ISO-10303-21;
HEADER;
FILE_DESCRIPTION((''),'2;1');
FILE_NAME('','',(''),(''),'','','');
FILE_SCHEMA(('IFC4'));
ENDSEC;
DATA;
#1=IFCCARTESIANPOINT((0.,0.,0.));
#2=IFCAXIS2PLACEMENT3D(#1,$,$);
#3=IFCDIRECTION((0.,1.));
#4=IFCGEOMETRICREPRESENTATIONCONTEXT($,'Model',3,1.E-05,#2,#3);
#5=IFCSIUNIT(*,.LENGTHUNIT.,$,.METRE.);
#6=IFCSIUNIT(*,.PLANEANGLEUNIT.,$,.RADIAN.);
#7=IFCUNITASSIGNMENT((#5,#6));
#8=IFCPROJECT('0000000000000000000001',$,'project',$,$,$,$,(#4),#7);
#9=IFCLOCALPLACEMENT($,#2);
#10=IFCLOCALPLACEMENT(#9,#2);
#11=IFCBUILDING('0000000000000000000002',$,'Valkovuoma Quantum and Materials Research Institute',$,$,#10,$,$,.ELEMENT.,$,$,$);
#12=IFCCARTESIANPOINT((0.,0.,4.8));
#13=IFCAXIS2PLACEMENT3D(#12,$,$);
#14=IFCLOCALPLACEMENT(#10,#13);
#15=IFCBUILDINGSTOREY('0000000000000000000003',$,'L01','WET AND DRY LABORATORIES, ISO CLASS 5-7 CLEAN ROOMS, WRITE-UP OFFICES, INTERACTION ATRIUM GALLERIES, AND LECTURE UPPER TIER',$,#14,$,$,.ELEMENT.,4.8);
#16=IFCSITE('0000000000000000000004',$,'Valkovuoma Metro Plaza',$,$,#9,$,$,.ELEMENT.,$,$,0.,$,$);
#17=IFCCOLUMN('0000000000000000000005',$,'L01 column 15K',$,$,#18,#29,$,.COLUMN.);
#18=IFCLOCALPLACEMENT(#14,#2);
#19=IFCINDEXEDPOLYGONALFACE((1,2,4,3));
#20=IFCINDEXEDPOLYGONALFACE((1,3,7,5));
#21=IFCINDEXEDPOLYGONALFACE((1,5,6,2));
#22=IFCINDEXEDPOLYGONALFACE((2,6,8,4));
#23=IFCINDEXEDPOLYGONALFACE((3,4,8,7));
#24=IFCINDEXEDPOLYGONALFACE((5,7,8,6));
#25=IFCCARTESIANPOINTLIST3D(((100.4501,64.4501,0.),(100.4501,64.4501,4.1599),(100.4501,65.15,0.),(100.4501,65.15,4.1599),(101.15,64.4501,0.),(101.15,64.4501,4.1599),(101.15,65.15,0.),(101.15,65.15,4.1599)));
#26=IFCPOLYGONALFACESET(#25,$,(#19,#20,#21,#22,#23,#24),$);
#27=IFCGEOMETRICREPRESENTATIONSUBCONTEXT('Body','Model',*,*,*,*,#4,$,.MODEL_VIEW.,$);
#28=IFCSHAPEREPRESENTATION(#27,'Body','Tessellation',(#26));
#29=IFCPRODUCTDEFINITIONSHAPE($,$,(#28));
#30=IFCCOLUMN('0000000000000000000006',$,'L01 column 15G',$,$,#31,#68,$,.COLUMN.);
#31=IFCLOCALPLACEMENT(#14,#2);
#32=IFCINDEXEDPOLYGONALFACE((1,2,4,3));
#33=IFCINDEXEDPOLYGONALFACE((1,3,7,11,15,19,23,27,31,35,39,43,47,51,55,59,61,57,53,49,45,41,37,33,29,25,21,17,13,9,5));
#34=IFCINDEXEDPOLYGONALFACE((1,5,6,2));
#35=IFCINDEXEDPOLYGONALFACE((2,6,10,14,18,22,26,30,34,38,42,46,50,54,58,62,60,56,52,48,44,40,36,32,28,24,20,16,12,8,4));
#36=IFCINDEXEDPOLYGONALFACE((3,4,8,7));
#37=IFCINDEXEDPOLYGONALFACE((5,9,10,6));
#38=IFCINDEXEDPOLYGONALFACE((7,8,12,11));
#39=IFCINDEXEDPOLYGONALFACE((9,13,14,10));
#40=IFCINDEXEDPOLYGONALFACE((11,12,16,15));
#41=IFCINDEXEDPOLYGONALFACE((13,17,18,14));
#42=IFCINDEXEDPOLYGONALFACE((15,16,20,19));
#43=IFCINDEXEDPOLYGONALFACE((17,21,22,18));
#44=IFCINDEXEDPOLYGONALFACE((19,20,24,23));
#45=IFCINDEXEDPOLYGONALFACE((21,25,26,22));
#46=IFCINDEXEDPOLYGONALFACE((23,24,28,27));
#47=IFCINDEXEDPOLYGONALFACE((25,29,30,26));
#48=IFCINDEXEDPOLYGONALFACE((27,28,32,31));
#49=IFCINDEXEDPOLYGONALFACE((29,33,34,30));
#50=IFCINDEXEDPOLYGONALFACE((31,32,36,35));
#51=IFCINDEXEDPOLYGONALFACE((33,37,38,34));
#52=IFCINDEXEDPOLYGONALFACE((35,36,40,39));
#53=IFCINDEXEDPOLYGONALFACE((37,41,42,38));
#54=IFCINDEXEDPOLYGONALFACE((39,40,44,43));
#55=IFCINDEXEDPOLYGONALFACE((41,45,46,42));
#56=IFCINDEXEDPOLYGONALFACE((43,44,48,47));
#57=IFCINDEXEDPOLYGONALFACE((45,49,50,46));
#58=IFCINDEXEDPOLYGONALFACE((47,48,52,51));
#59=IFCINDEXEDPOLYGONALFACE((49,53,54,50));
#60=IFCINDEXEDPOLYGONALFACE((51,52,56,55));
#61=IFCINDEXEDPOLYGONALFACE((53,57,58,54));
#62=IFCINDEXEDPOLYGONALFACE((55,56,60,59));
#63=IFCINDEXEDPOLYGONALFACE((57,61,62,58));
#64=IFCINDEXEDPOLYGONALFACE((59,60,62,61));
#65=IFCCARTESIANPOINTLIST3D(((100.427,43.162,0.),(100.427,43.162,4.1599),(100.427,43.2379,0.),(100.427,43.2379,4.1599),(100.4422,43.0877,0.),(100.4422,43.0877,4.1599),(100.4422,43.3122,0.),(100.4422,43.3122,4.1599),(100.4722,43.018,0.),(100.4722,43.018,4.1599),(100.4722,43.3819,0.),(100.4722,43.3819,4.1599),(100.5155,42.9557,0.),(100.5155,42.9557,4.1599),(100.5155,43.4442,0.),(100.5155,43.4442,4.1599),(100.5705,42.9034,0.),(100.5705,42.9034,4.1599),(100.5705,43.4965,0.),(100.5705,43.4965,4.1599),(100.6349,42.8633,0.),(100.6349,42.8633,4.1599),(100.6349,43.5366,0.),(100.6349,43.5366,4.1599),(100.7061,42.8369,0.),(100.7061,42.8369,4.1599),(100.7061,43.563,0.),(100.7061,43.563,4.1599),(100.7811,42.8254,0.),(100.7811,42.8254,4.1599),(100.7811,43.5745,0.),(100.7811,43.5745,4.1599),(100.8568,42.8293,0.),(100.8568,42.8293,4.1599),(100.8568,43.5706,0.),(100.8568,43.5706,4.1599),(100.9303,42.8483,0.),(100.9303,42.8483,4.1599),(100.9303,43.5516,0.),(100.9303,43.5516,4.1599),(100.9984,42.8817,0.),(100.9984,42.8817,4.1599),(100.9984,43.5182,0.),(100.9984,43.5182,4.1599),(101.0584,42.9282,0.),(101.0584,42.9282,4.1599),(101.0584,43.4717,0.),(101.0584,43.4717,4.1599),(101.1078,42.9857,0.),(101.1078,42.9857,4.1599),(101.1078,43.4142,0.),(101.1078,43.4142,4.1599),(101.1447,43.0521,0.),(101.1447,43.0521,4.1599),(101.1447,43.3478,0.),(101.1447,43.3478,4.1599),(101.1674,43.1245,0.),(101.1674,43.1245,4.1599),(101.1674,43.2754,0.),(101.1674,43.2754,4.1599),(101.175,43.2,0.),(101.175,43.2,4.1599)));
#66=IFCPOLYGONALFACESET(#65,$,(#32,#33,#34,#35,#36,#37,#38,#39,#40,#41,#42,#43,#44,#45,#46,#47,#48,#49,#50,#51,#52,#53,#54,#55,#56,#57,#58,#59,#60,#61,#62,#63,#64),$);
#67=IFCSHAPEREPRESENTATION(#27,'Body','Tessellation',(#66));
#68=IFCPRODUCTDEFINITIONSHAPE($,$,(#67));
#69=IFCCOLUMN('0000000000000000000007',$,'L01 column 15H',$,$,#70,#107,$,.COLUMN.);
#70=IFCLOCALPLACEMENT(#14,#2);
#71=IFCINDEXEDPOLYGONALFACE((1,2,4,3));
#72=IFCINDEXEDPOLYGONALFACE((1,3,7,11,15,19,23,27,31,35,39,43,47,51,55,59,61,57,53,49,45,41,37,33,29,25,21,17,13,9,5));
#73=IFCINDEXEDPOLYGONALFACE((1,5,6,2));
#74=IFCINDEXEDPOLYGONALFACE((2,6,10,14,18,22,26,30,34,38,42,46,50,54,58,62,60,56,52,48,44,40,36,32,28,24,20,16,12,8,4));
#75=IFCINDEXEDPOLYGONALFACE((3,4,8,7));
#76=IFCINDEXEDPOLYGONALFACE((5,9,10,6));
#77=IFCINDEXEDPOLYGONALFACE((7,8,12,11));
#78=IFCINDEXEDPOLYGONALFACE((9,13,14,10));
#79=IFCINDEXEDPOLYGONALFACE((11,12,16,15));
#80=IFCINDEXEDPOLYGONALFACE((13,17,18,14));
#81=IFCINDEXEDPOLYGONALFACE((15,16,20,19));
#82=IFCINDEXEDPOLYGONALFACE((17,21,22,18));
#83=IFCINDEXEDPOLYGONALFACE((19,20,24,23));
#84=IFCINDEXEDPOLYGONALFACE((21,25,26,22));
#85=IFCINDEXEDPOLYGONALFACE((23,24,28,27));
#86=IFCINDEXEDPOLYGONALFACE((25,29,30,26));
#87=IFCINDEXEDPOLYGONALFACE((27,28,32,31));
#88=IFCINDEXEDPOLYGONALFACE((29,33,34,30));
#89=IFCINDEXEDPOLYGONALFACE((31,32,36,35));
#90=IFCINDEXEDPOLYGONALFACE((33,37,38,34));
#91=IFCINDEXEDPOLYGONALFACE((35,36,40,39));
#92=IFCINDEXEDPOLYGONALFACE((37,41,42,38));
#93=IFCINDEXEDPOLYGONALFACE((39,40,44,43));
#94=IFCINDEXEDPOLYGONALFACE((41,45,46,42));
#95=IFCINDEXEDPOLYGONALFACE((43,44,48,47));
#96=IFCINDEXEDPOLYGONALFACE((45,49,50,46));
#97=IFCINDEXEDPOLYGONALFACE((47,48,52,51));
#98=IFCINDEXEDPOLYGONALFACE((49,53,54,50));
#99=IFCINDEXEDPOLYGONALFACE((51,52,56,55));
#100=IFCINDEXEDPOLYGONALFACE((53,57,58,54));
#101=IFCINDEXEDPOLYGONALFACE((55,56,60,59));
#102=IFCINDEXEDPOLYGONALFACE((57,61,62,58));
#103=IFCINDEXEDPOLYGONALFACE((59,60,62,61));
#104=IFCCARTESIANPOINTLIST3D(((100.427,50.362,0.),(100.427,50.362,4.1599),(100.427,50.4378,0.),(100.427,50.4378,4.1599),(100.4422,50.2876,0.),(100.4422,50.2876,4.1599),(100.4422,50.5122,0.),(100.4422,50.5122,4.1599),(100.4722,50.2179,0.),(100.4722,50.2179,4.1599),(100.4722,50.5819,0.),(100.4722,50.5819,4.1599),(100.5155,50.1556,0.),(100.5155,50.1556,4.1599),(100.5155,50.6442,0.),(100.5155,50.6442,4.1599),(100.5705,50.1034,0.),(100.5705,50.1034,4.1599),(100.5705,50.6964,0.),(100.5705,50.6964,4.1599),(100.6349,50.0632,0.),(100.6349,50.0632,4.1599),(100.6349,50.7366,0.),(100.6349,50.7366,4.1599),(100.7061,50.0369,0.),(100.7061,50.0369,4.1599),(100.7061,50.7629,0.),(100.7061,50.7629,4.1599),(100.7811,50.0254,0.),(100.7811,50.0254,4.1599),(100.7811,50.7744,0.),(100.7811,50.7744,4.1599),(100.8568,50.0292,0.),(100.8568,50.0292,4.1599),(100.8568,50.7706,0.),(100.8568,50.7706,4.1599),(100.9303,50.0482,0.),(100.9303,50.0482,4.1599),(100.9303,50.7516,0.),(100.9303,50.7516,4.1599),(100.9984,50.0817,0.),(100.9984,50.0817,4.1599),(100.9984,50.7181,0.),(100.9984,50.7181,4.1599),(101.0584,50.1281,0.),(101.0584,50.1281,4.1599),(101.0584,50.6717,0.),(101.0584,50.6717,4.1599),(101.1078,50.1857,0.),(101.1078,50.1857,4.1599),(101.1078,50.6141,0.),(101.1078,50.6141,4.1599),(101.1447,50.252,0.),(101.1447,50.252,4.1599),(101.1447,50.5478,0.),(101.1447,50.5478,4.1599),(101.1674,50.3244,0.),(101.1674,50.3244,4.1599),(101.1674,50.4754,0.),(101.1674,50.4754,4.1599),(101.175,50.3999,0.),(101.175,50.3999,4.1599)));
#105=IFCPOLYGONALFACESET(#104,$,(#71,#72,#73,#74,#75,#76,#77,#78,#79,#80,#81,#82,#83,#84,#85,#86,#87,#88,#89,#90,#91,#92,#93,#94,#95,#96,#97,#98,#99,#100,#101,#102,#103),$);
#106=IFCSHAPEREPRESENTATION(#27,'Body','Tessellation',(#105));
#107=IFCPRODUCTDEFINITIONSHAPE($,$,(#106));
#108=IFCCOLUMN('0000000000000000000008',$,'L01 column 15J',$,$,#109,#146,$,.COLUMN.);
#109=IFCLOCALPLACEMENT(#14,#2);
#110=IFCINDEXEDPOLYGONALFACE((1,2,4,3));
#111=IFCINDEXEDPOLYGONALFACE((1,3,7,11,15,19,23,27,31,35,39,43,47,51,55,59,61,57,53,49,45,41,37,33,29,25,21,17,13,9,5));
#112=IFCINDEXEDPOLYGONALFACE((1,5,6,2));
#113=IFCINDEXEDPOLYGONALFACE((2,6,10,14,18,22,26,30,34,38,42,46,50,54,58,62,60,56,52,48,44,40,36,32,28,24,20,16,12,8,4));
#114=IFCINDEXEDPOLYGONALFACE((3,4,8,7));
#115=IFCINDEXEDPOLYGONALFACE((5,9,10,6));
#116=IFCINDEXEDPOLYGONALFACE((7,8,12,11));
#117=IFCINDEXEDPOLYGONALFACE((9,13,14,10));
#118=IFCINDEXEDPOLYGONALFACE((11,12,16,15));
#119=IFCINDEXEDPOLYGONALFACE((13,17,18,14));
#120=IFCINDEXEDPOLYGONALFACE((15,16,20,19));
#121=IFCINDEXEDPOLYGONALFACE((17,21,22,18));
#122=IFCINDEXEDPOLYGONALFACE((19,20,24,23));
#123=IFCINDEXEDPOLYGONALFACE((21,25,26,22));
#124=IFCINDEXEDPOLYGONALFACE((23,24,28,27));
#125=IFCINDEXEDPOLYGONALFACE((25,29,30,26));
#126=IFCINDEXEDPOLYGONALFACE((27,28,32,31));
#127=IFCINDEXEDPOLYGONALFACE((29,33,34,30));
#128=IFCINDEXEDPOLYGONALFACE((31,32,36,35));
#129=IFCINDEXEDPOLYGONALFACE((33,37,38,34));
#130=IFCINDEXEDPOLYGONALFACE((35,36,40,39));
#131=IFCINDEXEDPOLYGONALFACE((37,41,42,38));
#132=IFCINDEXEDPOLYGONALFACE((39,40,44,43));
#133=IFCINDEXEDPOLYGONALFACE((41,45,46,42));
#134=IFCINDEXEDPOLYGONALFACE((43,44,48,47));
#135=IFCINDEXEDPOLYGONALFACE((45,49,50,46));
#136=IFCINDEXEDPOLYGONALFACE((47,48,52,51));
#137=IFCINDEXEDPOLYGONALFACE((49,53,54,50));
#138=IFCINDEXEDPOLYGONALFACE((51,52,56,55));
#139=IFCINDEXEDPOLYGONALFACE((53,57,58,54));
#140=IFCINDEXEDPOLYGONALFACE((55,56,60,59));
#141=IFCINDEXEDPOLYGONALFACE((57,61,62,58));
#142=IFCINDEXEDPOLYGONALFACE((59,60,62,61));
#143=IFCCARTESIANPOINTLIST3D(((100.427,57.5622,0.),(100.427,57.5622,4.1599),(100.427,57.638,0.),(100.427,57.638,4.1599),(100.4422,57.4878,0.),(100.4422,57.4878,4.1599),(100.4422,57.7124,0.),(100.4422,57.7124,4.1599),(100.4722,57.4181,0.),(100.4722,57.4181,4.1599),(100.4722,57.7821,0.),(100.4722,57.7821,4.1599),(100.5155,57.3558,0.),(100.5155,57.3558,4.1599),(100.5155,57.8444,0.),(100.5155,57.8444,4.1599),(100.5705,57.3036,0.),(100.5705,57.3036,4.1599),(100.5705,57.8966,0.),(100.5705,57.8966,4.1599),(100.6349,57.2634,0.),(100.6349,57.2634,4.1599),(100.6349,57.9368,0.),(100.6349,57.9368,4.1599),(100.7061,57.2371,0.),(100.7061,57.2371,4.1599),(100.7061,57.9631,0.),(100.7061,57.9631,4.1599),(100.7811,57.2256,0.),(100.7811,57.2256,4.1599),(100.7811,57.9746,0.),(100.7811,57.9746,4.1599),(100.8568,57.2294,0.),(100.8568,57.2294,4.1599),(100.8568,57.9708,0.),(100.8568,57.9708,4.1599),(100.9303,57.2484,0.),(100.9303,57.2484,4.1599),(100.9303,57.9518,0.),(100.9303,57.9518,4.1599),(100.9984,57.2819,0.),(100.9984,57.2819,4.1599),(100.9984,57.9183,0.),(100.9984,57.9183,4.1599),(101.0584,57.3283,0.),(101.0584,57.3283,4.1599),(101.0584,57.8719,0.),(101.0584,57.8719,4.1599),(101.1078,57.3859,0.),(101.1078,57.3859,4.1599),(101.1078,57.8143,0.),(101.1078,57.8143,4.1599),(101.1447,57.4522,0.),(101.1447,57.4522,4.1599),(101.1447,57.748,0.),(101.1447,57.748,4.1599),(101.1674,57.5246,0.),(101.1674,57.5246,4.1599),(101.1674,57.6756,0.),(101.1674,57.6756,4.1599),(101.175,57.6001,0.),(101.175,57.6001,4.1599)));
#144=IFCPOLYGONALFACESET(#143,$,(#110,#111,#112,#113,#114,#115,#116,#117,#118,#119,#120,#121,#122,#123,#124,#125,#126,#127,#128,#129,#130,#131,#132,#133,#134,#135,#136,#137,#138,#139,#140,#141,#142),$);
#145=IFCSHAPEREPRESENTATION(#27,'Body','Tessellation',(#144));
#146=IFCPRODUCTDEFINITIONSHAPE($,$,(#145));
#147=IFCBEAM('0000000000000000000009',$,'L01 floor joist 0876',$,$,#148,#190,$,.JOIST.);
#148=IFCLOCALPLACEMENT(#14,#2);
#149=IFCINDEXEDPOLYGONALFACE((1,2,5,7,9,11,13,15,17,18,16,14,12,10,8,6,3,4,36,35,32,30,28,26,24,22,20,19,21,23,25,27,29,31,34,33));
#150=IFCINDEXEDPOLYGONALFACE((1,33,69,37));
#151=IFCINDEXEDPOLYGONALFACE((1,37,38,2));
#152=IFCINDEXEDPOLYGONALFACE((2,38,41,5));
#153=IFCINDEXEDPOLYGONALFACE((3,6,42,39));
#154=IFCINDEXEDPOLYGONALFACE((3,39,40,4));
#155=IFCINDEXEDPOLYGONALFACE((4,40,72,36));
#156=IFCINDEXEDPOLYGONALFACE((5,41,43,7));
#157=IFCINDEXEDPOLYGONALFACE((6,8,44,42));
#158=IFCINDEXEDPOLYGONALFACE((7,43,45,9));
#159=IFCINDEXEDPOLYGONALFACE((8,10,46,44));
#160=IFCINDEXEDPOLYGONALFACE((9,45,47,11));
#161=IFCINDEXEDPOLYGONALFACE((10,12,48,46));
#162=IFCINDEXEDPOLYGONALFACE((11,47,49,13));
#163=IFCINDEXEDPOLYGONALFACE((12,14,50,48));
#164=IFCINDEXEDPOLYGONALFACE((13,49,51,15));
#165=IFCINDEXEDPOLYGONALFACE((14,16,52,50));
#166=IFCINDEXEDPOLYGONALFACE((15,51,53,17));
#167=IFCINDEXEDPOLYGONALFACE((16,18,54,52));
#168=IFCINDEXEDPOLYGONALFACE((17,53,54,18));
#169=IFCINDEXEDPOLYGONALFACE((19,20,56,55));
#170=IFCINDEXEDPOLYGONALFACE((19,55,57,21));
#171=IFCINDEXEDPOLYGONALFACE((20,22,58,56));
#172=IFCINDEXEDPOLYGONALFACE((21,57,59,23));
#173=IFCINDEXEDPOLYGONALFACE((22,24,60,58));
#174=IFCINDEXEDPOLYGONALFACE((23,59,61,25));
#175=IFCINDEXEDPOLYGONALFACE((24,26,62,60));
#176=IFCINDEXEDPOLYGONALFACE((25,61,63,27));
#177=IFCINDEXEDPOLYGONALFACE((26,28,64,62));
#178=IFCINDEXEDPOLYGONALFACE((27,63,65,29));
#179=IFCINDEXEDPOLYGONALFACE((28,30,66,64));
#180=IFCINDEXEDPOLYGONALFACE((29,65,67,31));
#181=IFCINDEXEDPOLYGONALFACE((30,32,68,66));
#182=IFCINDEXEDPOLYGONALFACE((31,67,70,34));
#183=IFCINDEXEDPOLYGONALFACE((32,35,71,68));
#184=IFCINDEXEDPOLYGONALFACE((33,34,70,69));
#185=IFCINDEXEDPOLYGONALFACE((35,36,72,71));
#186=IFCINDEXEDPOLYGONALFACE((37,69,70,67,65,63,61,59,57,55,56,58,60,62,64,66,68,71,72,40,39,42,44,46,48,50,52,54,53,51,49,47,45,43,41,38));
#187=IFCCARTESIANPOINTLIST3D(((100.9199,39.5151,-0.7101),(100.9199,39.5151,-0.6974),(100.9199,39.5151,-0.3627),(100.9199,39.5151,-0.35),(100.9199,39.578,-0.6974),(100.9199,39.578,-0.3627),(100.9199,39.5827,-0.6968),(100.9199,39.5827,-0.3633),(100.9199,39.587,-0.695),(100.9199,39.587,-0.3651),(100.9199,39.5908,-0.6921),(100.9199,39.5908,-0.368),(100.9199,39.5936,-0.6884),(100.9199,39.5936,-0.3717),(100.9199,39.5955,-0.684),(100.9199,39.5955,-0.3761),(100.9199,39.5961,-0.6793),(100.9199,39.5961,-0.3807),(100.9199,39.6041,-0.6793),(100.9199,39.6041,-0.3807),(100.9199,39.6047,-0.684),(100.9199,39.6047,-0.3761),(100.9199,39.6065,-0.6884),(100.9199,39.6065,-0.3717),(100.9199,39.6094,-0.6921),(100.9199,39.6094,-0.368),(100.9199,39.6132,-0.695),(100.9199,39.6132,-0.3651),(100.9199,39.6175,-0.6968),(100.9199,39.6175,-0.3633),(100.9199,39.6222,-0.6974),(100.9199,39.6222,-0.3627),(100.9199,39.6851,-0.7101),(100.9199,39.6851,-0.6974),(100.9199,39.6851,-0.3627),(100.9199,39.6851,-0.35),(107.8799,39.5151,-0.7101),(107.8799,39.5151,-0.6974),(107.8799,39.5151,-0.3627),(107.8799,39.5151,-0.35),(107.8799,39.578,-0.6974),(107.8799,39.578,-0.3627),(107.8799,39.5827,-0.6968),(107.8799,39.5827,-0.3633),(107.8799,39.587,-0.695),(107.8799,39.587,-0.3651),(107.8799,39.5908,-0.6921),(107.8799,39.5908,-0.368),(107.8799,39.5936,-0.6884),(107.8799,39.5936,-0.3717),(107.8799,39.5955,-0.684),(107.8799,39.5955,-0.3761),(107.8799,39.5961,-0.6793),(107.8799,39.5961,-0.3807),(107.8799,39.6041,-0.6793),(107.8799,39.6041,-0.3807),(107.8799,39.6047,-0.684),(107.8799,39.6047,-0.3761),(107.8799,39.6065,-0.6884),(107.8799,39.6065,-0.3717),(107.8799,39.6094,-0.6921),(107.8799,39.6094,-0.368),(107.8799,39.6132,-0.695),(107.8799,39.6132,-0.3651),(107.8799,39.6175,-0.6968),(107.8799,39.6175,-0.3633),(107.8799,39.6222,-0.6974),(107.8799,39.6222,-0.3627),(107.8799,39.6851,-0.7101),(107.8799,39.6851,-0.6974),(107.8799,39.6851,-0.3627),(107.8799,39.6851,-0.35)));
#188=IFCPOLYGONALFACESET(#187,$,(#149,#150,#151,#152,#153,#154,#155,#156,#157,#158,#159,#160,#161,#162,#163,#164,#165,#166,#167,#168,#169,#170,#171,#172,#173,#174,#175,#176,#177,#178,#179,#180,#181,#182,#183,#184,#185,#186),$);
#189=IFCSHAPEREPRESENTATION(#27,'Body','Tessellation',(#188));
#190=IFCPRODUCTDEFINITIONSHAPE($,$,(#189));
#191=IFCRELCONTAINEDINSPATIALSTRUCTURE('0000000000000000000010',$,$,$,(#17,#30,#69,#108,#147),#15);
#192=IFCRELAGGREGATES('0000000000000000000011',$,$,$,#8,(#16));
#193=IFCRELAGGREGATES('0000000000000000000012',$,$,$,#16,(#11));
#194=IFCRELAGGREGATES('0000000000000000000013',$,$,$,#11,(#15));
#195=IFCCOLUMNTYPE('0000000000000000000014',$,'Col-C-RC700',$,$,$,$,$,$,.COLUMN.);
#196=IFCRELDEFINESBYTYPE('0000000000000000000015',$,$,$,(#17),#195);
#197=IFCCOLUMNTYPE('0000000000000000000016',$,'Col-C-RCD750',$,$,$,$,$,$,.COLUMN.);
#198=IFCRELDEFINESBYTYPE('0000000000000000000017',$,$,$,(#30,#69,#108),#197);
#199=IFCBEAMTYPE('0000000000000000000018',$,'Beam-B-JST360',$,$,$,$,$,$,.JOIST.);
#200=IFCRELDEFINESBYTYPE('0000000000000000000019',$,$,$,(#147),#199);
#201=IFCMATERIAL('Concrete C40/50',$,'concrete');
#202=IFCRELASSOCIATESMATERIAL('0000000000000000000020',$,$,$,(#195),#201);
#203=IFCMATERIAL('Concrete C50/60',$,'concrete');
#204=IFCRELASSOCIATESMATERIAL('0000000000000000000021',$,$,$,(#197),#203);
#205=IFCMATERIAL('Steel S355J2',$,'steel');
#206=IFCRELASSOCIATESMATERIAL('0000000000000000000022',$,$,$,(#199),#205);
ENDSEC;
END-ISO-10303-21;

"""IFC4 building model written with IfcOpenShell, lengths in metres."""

from ifc_helpers import new_model, si_unit, direction, frame, origin, origin_2d, place, context, subcontext, project, spatial, rectangle, circle, i_section, extrude, material, material_profile, profile_set, type_object, element, save


model = new_model("IFC4")

# Units and contexts
model_context = context("Model", 3, precision=1e-05, world=origin(), true_north=direction((0.0, 1.0)))
body_context = subcontext(model_context, "Body", "Model", "MODEL_VIEW")
ifc_project = project(units=[si_unit("LENGTHUNIT", "METRE"), si_unit("PLANEANGLEUNIT", "RADIAN")], contexts=[model_context])

# Site, building, storey
site_placement = place(None, origin())
site = spatial("IfcSite", under=ifc_project, at=site_placement, Name="Valkovuoma Metro Plaza", CompositionType="ELEMENT", RefElevation=0.0)
building_placement = place(site_placement, origin())
building = spatial("IfcBuilding", under=site, at=building_placement, Name="Valkovuoma Quantum and Materials Research Institute", CompositionType="ELEMENT")
storey_placement = place(building_placement, frame((0.0, 0.0, 4.8)))
storey = spatial("IfcBuildingStorey", under=building, at=storey_placement, Name="L01", Description="WET AND DRY LABORATORIES, ISO CLASS 5-7 CLEAN ROOMS, WRITE-UP OFFICES, INTERACTION ATRIUM GALLERIES, AND LECTURE UPPER TIER", CompositionType="ELEMENT", Elevation=4.8)

# Columns
ifc_material_1 = material(Name="Concrete C40/50", Category="concrete")
ifc_material_profile_1 = material_profile(ifc_material_1, rectangle(XDim=0.7, YDim=0.7, at=origin_2d()), Name="Concrete C40/50")
ifc_profile_set_1 = profile_set([ifc_material_profile_1], Name="Concrete C40/50")
column_type_1 = type_object("IfcColumnType", Name="Col-C-RC700", PredefinedType="COLUMN", material=ifc_profile_set_1)
column_placement = place(storey_placement, frame((100.8, 64.8, 0.0), z_axis=(0.0, 0.0, 1.0), x_axis=(1.0, 0.0, 0.0)))
element("IfcColumn", 1, at=column_placement, inside=storey, type_object=column_type_1, Name="L01 column 15K", PredefinedType="COLUMN", context=body_context, shape_type="SweptSolid", body=[
    extrude(rectangle(XDim=0.7, YDim=0.7, at=origin_2d()), origin(), (0.0, 0.0, 1.0), 4.1599),
])
ifc_material_2 = material(Name="Concrete C50/60", Category="concrete")
ifc_material_profile_2 = material_profile(ifc_material_2, circle(Radius=0.375, at=origin_2d()), Name="Concrete C50/60")
ifc_profile_set_2 = profile_set([ifc_material_profile_2], Name="Concrete C50/60")
column_type_2 = type_object("IfcColumnType", Name="Col-C-RCD750", PredefinedType="COLUMN", material=ifc_profile_set_2)
for number, where, z_axis, x_axis, name in (
    (2, (100.8, 43.2, 0.0), (0.0, 0.0, 1.0), (1.0, 0.0, 0.0), "L01 column 15G"),
    (3, (100.8, 50.3999, 0.0), (0.0, 0.0, 1.0), (1.0, 0.0, 0.0), "L01 column 15H"),
    (4, (100.8, 57.6001, 0.0), (0.0, 0.0, 1.0), (1.0, 0.0, 0.0), "L01 column 15J"),
):
    element("IfcColumn", number, at=place(storey_placement, frame(where, z_axis=z_axis, x_axis=x_axis)), inside=storey, type_object=column_type_2, Name=name, PredefinedType="COLUMN", context=body_context, shape_type="SweptSolid", body=[
        extrude(circle(Radius=0.375, at=origin_2d()), origin(), (0.0, 0.0, 1.0), 4.1599),
    ])

# Beam
ifc_material_3 = material(Name="Steel S355J2", Category="steel")
ifc_material_profile_3 = material_profile(ifc_material_3, i_section(OverallWidth=0.1699, OverallDepth=0.3601, WebThickness=0.0081, FlangeThickness=0.0127, FilletRadius=0.0181, at=origin_2d()), Name="Steel S355J2")
ifc_profile_set_3 = profile_set([ifc_material_profile_3], Name="Steel S355J2")
beam_type_1 = type_object("IfcBeamType", Name="Beam-B-JST360", PredefinedType="JOIST", material=ifc_profile_set_3)
for number, where, z_axis, x_axis, name in (
    (5, (100.9199, 39.6001, -0.53), (1.0, 0.0, 0.0), (0.0, 1.0, 0.0), "L01 floor joist 0876"),
):
    element("IfcBeam", number, at=place(storey_placement, frame(where, z_axis=z_axis, x_axis=x_axis)), inside=storey, type_object=beam_type_1, Name=name, PredefinedType="JOIST", context=body_context, shape_type="SweptSolid", body=[
        extrude(i_section(OverallWidth=0.1699, OverallDepth=0.3601, WebThickness=0.0081, FlangeThickness=0.0127, FilletRadius=0.0181, at=origin_2d()), origin(), (0.0, 0.0, 1.0), 6.96),
    ])

save(model, "model.ifc")
